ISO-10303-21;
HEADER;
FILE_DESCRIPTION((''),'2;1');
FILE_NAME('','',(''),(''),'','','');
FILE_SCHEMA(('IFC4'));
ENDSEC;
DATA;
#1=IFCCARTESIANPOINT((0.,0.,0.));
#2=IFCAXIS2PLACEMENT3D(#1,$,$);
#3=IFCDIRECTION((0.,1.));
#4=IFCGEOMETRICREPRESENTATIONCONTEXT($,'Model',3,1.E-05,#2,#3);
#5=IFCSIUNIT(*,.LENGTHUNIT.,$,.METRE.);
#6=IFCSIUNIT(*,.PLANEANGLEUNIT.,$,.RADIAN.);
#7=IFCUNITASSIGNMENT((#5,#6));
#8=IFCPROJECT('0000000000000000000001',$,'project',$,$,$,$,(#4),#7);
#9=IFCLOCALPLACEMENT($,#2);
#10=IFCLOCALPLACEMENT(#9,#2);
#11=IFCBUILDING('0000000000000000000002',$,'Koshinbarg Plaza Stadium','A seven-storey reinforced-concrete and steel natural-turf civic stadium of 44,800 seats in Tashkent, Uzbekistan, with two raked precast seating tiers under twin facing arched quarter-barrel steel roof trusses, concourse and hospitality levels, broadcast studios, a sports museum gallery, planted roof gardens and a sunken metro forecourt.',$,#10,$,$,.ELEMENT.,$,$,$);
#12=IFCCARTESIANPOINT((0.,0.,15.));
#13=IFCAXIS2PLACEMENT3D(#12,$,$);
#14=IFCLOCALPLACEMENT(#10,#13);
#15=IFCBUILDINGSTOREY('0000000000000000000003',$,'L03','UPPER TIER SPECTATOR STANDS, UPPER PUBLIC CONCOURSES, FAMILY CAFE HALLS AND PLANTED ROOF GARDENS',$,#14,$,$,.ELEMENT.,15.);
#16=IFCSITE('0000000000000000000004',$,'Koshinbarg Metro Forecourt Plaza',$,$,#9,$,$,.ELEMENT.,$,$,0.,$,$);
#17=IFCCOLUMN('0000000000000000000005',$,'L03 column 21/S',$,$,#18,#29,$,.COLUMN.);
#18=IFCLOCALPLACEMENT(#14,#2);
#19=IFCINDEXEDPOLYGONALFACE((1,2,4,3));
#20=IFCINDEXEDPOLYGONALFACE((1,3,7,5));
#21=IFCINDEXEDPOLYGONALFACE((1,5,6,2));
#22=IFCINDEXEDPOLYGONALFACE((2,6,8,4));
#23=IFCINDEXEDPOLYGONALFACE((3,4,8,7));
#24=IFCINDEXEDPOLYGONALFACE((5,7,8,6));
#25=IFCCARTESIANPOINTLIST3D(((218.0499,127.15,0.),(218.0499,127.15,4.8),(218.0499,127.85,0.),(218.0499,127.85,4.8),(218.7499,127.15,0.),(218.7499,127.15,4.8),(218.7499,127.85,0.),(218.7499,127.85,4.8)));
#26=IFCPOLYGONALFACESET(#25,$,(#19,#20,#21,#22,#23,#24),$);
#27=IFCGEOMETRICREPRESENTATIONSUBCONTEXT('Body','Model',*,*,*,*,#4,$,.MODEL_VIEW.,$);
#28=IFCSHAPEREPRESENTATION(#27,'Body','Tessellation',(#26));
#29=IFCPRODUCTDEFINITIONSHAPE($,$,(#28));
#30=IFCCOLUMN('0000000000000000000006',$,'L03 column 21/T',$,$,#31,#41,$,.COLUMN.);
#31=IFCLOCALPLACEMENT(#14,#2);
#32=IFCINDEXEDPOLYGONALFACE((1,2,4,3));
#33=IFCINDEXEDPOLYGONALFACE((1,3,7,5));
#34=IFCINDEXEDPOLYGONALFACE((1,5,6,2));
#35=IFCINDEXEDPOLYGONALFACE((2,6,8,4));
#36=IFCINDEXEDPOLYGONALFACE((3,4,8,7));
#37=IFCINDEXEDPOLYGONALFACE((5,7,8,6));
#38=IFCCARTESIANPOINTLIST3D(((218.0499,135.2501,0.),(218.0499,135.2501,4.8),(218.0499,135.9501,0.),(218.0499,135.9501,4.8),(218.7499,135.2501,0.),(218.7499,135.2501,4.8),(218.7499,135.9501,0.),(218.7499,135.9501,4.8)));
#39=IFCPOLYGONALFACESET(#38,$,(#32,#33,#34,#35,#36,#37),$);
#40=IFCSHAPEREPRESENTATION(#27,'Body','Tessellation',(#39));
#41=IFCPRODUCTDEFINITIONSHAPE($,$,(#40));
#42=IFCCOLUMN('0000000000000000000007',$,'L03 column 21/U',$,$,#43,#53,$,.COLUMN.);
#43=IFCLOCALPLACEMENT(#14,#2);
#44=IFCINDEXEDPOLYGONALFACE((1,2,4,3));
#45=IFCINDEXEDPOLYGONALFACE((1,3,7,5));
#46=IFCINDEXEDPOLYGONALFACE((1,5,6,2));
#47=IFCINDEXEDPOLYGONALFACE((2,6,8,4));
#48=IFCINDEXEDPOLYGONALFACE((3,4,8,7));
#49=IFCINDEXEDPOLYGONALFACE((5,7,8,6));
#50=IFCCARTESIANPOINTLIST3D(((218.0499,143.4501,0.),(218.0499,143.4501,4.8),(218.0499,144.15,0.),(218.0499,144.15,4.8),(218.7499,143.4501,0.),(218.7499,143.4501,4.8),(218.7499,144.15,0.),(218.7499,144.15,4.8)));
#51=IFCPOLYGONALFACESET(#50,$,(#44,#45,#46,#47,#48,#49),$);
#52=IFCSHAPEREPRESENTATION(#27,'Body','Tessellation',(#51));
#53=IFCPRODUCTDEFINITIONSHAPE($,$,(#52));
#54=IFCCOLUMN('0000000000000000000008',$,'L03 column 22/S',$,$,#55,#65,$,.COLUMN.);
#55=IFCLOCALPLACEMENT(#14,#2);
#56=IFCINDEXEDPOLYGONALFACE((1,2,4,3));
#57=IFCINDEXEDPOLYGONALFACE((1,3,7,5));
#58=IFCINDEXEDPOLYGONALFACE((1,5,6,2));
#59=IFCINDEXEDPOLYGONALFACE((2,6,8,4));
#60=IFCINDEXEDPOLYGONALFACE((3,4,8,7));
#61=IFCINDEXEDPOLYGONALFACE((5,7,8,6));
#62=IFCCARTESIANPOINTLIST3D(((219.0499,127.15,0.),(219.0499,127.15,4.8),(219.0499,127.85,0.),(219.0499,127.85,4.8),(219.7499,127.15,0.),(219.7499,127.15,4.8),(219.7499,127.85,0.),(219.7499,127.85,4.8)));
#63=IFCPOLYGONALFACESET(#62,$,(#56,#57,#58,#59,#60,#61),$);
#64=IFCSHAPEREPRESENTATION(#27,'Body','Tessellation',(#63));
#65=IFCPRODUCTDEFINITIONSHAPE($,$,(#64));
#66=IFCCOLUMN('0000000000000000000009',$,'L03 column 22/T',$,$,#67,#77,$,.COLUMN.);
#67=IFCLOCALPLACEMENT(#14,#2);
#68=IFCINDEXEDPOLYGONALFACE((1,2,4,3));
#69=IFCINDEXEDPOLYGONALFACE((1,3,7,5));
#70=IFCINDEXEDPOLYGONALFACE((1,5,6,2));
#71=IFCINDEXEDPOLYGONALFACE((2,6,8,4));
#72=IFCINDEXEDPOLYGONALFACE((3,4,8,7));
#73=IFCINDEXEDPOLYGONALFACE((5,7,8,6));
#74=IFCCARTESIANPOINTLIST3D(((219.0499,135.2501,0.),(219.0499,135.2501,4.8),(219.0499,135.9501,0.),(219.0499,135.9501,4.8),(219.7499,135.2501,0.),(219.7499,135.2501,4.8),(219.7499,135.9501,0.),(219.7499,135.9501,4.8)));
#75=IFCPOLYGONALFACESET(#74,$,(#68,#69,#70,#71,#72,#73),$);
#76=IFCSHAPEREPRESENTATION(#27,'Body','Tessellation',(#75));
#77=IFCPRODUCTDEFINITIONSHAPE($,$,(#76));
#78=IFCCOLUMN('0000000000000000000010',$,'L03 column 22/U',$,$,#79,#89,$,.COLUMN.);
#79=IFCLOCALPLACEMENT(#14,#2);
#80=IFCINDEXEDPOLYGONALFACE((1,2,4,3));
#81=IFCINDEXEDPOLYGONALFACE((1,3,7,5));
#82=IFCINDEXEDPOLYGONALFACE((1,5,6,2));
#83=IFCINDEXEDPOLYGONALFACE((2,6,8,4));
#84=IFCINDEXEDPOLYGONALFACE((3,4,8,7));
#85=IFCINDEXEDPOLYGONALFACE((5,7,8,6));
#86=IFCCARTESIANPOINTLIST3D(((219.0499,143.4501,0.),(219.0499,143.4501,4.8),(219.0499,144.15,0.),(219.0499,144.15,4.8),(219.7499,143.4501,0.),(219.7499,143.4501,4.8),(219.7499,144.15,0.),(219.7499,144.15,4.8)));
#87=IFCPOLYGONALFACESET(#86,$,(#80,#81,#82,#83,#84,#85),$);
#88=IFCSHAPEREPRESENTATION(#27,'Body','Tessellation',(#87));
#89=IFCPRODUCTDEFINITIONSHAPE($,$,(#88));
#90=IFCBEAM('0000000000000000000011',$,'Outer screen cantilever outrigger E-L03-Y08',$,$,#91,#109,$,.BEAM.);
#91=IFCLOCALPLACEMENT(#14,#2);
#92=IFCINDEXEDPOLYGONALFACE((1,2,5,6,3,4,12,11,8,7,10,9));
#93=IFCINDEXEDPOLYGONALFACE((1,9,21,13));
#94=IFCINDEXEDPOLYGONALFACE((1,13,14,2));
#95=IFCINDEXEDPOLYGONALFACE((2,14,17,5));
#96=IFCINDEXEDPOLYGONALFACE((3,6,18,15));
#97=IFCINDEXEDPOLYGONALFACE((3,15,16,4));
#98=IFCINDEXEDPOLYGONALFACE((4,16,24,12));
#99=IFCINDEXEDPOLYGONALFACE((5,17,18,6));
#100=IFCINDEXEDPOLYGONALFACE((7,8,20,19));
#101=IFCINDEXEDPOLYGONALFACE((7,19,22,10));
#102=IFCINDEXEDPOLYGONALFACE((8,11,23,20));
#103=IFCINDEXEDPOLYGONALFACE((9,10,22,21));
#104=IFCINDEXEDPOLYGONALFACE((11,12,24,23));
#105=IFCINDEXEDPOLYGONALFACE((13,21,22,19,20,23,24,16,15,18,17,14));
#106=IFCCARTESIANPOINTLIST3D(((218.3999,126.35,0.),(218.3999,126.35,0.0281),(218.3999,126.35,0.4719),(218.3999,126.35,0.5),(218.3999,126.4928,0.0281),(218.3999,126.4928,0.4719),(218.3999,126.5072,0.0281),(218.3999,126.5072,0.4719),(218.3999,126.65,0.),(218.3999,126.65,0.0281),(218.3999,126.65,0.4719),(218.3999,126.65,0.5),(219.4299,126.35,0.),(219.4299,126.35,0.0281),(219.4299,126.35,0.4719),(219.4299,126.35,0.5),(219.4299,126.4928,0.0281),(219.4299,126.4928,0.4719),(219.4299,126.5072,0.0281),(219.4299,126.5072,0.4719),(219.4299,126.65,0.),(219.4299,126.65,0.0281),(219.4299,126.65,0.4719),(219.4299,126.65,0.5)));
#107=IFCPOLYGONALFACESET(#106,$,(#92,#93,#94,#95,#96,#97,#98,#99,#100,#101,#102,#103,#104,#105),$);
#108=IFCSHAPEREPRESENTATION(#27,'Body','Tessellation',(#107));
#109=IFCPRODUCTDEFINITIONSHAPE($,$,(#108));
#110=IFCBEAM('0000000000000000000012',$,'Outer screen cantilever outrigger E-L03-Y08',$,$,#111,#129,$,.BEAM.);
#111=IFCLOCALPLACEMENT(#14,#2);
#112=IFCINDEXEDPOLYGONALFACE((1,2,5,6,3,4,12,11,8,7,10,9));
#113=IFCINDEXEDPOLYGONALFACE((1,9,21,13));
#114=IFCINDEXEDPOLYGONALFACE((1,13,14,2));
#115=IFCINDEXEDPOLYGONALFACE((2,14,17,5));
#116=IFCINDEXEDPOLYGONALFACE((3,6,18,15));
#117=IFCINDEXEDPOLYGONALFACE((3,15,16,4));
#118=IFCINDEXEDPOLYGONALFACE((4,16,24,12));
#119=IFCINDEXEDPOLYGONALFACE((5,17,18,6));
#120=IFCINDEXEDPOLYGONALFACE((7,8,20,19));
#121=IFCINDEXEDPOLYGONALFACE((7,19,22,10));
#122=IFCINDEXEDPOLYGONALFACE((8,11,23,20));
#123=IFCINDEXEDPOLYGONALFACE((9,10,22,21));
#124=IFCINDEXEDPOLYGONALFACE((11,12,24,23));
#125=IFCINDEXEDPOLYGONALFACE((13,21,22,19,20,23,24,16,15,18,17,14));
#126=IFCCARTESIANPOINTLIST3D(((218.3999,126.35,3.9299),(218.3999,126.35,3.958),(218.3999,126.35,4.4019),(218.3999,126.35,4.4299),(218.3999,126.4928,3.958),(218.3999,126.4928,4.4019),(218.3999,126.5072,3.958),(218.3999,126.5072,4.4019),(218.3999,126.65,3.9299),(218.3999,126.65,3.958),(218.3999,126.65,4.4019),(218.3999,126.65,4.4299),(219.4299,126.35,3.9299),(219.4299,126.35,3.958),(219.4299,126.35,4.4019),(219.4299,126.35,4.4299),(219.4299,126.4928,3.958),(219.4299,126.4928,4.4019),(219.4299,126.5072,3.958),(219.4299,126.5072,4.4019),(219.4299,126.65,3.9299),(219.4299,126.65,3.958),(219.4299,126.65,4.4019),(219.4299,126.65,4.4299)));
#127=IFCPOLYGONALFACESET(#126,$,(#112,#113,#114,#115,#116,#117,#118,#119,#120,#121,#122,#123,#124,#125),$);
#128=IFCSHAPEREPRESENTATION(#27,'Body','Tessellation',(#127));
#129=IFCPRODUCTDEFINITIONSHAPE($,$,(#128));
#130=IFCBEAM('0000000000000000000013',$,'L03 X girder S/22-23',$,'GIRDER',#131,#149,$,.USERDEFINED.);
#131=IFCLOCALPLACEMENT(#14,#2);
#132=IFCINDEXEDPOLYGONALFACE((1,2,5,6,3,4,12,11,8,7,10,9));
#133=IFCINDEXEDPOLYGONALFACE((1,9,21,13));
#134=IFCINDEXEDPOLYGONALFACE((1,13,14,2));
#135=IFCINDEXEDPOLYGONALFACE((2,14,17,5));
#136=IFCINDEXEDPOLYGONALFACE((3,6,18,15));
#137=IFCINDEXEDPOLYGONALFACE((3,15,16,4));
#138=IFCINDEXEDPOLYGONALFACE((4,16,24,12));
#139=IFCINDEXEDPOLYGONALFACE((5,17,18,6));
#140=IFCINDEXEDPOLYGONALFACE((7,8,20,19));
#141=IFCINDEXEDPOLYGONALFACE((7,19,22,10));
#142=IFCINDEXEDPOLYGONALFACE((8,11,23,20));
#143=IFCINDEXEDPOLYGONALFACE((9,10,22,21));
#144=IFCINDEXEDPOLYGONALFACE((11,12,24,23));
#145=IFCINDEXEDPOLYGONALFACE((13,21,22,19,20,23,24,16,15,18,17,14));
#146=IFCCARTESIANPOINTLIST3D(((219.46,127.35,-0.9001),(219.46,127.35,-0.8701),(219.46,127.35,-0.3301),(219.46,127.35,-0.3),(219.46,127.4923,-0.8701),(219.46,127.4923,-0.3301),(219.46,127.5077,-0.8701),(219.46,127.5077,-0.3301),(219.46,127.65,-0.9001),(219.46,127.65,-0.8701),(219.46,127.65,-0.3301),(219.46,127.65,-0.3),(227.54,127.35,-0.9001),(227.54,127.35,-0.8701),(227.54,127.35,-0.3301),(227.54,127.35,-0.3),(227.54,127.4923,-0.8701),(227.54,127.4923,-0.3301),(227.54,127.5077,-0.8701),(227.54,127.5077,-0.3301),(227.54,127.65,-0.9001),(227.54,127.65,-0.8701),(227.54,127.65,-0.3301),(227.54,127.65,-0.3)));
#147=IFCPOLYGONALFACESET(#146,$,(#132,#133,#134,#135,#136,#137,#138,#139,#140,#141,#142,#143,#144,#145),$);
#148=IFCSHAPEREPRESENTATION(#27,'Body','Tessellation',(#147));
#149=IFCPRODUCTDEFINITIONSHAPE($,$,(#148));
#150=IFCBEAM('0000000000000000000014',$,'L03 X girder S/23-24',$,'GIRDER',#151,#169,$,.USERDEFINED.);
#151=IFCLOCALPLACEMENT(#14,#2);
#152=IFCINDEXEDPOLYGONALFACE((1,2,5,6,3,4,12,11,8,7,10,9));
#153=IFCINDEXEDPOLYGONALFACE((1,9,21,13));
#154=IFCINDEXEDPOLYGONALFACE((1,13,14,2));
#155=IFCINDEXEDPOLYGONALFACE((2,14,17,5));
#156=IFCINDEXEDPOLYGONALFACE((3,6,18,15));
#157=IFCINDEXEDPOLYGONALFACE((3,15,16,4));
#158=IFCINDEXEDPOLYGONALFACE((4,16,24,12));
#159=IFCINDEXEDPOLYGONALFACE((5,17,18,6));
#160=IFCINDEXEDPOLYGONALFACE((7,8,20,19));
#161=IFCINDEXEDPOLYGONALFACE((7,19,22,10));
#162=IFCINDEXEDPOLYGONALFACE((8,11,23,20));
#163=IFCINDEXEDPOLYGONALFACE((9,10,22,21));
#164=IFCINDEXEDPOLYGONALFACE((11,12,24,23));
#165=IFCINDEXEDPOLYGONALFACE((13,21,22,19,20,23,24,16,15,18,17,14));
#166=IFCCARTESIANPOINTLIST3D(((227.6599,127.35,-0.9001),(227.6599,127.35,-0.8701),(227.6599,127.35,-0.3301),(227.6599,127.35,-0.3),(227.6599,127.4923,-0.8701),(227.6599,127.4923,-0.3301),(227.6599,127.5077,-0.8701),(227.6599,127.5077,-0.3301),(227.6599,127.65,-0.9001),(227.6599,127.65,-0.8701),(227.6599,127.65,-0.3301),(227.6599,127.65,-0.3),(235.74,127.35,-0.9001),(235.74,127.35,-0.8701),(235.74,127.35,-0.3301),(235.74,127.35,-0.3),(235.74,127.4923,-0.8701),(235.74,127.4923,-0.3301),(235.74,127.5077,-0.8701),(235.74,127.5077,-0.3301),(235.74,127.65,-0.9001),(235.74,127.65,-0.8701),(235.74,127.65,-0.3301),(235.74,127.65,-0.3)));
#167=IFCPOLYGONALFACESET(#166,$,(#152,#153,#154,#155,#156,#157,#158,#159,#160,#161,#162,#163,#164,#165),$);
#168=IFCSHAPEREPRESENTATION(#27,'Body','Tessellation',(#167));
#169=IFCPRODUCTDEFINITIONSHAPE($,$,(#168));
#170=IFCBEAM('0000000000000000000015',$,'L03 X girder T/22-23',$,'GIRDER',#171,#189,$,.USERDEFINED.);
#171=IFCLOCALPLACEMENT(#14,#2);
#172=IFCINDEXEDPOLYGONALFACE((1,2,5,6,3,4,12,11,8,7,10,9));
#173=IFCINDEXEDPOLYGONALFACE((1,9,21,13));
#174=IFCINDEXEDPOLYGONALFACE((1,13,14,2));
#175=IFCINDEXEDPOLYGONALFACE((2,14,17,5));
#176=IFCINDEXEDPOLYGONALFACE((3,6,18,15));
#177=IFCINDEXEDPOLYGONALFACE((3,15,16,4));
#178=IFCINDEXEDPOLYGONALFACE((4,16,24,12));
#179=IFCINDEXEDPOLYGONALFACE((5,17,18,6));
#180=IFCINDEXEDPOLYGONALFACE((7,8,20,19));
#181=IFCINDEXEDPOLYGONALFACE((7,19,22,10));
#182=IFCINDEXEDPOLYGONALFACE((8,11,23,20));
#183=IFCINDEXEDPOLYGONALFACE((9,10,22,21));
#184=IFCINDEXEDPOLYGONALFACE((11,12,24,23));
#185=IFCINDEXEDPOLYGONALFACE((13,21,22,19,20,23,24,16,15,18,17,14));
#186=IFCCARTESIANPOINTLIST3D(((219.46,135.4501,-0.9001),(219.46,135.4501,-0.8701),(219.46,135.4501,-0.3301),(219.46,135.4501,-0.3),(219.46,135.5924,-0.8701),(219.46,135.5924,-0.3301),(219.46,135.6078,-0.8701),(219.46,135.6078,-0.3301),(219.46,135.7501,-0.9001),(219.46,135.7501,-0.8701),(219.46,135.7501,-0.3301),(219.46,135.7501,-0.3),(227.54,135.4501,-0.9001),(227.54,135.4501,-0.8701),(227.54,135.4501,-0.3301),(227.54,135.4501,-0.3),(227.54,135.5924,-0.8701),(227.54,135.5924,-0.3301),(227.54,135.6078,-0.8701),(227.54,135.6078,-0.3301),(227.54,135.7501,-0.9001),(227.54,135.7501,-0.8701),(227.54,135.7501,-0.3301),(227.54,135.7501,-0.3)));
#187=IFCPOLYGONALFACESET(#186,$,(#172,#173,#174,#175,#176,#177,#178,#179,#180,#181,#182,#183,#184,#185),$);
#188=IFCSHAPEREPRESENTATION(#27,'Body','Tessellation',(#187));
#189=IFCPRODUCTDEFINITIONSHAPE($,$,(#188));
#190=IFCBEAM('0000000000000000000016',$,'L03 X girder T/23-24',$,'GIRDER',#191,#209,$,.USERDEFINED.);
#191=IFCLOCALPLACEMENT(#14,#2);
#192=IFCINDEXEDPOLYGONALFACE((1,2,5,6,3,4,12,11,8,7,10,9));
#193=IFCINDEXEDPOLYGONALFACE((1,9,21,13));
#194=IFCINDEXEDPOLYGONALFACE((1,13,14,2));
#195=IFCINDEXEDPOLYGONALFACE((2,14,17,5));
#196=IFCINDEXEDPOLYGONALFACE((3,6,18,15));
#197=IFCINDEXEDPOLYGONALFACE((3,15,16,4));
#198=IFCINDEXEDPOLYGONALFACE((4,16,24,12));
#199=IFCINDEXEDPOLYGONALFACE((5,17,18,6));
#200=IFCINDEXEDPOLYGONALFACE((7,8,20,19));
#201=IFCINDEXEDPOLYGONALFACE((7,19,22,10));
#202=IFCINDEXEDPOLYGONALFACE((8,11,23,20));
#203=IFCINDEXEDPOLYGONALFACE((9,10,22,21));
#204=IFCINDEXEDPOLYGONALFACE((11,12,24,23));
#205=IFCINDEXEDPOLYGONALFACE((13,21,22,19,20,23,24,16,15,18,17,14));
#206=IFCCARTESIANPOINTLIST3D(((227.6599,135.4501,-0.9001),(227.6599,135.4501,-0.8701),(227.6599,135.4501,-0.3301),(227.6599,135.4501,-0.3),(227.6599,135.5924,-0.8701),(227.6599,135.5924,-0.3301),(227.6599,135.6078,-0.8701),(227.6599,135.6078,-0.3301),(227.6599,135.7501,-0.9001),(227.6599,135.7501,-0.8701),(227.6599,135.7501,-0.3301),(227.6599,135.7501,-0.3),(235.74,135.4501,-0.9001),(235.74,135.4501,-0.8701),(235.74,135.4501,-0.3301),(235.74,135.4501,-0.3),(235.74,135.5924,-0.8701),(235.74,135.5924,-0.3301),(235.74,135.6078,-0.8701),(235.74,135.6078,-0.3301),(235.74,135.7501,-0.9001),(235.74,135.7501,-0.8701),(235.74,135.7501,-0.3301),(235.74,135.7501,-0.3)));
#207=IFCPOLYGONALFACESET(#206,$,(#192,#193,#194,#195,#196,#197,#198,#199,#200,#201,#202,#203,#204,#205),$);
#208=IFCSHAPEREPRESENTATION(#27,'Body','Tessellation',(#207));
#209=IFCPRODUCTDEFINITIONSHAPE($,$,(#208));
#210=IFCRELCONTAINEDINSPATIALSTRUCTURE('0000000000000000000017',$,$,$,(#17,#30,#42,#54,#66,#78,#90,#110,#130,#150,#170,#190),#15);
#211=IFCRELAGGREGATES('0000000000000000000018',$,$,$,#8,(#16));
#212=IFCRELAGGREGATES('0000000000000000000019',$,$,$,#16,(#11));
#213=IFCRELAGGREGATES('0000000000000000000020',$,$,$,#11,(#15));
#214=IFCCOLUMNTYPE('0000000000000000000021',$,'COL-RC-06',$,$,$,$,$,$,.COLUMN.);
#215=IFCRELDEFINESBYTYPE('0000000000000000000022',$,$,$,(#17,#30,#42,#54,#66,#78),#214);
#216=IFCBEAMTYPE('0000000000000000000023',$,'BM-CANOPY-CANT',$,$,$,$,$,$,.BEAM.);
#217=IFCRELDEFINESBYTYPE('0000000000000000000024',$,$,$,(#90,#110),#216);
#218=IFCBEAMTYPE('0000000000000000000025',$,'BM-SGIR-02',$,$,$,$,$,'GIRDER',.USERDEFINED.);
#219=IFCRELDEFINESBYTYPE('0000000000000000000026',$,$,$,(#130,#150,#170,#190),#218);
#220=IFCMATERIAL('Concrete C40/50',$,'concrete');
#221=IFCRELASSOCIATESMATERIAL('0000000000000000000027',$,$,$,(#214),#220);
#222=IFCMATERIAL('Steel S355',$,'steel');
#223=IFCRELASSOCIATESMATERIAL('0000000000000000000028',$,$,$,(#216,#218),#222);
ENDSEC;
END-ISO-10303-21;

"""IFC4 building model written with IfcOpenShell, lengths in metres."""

from ifc_helpers import new_model, si_unit, direction, frame, origin, origin_2d, place, context, subcontext, project, spatial, rectangle, i_section, extrude, material, material_profile, profile_set, type_object, element, save


model = new_model("IFC4")

# Units and contexts
model_context = context("Model", 3, precision=1e-05, world=origin(), true_north=direction((0.0, 1.0)))
body_context = subcontext(model_context, "Body", "Model", "MODEL_VIEW")
ifc_project = project(units=[si_unit("LENGTHUNIT", "METRE"), si_unit("PLANEANGLEUNIT", "RADIAN")], contexts=[model_context])

# Site, building, storey
site_placement = place(None, origin())
site = spatial("IfcSite", under=ifc_project, at=site_placement, Name="Koshinbarg Metro Forecourt Plaza", CompositionType="ELEMENT", RefElevation=0.0)
building_placement = place(site_placement, origin())
building = spatial("IfcBuilding", under=site, at=building_placement, Name="Koshinbarg Plaza Stadium", Description="A seven-storey reinforced-concrete and steel natural-turf civic stadium of 44,800 seats in Tashkent, Uzbekistan, with two raked precast seating tiers under twin facing arched quarter-barrel steel roof trusses, concourse and hospitality levels, broadcast studios, a sports museum gallery, planted roof gardens and a sunken metro forecourt.", CompositionType="ELEMENT")
storey_placement = place(building_placement, frame((0.0, 0.0, 15.0)))
storey = spatial("IfcBuildingStorey", under=building, at=storey_placement, Name="L03", Description="UPPER TIER SPECTATOR STANDS, UPPER PUBLIC CONCOURSES, FAMILY CAFE HALLS AND PLANTED ROOF GARDENS", CompositionType="ELEMENT", Elevation=15.0)

# Columns
ifc_material_1 = material(Name="Concrete C40/50", Category="concrete")
ifc_material_profile_1 = material_profile(ifc_material_1, rectangle(XDim=0.7, YDim=0.7, at=origin_2d()), Name="RC 700x700")
ifc_profile_set_1 = profile_set([ifc_material_profile_1], Name="Concrete C40/50")
column_type = type_object("IfcColumnType", Name="COL-RC-06", PredefinedType="COLUMN", material=ifc_profile_set_1)
for number, where, z_axis, x_axis, name in (
    (1, (218.3999, 127.5, 0.0), (0.0, 0.0, 1.0), (1.0, 0.0, 0.0), "L03 column 21/S"),
    (2, (218.3999, 135.6001, 0.0), (0.0, 0.0, 1.0), (1.0, 0.0, 0.0), "L03 column 21/T"),
    (3, (218.3999, 143.8, 0.0), (0.0, 0.0, 1.0), (1.0, 0.0, 0.0), "L03 column 21/U"),
    (4, (219.3999, 127.5, 0.0), (0.0, 0.0, 1.0), (1.0, 0.0, 0.0), "L03 column 22/S"),
    (5, (219.3999, 135.6001, 0.0), (0.0, 0.0, 1.0), (1.0, 0.0, 0.0), "L03 column 22/T"),
    (6, (219.3999, 143.8, 0.0), (0.0, 0.0, 1.0), (1.0, 0.0, 0.0), "L03 column 22/U"),
):
    element("IfcColumn", number, at=place(storey_placement, frame(where, z_axis=z_axis, x_axis=x_axis)), inside=storey, type_object=column_type, Name=name, PredefinedType="COLUMN", context=body_context, shape_type="SweptSolid", body=[
        extrude(rectangle(XDim=0.7, YDim=0.7, at=origin_2d()), origin(), (0.0, 0.0, 1.0), 4.8),
    ])

# Beams
ifc_material_2 = material(Name="Steel S355", Category="steel")
ifc_material_profile_2 = material_profile(ifc_material_2, i_section(OverallWidth=0.3, OverallDepth=0.5, WebThickness=0.0144, FlangeThickness=0.0281, at=origin_2d()), Name="HEB 500")
ifc_profile_set_2 = profile_set([ifc_material_profile_2], Name="Steel S355")
beam_type_1 = type_object("IfcBeamType", Name="BM-CANOPY-CANT", PredefinedType="BEAM", material=ifc_profile_set_2)
for number, where, z_axis, x_axis, name in (
    (7, (218.3999, 126.5, 0.25), (1.0, 0.0, 0.0), (0.0, 1.0, 0.0), "Outer screen cantilever outrigger E-L03-Y08"),
    (8, (218.3999, 126.5, 4.1799), (1.0, 0.0, 0.0), (0.0, 1.0, 0.0), "Outer screen cantilever outrigger E-L03-Y08"),
):
    element("IfcBeam", number, at=place(storey_placement, frame(where, z_axis=z_axis, x_axis=x_axis)), inside=storey, type_object=beam_type_1, Name=name, PredefinedType="BEAM", context=body_context, shape_type="SweptSolid", body=[
        extrude(i_section(OverallWidth=0.3, OverallDepth=0.5, WebThickness=0.0144, FlangeThickness=0.0281, at=origin_2d()), origin(), (0.0, 0.0, 1.0), 1.03),
    ])
ifc_material_profile_3 = material_profile(ifc_material_2, i_section(OverallWidth=0.3, OverallDepth=0.6001, WebThickness=0.0154, FlangeThickness=0.03, at=origin_2d()), Name="HEB 600")
ifc_profile_set_3 = profile_set([ifc_material_profile_3], Name="Steel S355")
beam_type_2 = type_object("IfcBeamType", Name="BM-SGIR-02", ElementType="GIRDER", PredefinedType="USERDEFINED", material=ifc_profile_set_3)
for number, where, z_axis, x_axis, name in (
    (9, (219.46, 127.5, -0.6001), (1.0, 0.0, 0.0), (0.0, 1.0, 0.0), "L03 X girder S/22-23"),
    (10, (227.6599, 127.5, -0.6001), (1.0, 0.0, 0.0), (0.0, 1.0, 0.0), "L03 X girder S/23-24"),
    (11, (219.46, 135.6001, -0.6001), (1.0, 0.0, 0.0), (0.0, 1.0, 0.0), "L03 X girder T/22-23"),
    (12, (227.6599, 135.6001, -0.6001), (1.0, 0.0, 0.0), (0.0, 1.0, 0.0), "L03 X girder T/23-24"),
):
    element("IfcBeam", number, at=place(storey_placement, frame(where, z_axis=z_axis, x_axis=x_axis)), inside=storey, type_object=beam_type_2, Name=name, ObjectType="GIRDER", PredefinedType="USERDEFINED", context=body_context, shape_type="SweptSolid", body=[
        extrude(i_section(OverallWidth=0.3, OverallDepth=0.6001, WebThickness=0.0154, FlangeThickness=0.03, at=origin_2d()), origin(), (0.0, 0.0, 1.0), 8.0801),
    ])

save(model, "model.ifc")
